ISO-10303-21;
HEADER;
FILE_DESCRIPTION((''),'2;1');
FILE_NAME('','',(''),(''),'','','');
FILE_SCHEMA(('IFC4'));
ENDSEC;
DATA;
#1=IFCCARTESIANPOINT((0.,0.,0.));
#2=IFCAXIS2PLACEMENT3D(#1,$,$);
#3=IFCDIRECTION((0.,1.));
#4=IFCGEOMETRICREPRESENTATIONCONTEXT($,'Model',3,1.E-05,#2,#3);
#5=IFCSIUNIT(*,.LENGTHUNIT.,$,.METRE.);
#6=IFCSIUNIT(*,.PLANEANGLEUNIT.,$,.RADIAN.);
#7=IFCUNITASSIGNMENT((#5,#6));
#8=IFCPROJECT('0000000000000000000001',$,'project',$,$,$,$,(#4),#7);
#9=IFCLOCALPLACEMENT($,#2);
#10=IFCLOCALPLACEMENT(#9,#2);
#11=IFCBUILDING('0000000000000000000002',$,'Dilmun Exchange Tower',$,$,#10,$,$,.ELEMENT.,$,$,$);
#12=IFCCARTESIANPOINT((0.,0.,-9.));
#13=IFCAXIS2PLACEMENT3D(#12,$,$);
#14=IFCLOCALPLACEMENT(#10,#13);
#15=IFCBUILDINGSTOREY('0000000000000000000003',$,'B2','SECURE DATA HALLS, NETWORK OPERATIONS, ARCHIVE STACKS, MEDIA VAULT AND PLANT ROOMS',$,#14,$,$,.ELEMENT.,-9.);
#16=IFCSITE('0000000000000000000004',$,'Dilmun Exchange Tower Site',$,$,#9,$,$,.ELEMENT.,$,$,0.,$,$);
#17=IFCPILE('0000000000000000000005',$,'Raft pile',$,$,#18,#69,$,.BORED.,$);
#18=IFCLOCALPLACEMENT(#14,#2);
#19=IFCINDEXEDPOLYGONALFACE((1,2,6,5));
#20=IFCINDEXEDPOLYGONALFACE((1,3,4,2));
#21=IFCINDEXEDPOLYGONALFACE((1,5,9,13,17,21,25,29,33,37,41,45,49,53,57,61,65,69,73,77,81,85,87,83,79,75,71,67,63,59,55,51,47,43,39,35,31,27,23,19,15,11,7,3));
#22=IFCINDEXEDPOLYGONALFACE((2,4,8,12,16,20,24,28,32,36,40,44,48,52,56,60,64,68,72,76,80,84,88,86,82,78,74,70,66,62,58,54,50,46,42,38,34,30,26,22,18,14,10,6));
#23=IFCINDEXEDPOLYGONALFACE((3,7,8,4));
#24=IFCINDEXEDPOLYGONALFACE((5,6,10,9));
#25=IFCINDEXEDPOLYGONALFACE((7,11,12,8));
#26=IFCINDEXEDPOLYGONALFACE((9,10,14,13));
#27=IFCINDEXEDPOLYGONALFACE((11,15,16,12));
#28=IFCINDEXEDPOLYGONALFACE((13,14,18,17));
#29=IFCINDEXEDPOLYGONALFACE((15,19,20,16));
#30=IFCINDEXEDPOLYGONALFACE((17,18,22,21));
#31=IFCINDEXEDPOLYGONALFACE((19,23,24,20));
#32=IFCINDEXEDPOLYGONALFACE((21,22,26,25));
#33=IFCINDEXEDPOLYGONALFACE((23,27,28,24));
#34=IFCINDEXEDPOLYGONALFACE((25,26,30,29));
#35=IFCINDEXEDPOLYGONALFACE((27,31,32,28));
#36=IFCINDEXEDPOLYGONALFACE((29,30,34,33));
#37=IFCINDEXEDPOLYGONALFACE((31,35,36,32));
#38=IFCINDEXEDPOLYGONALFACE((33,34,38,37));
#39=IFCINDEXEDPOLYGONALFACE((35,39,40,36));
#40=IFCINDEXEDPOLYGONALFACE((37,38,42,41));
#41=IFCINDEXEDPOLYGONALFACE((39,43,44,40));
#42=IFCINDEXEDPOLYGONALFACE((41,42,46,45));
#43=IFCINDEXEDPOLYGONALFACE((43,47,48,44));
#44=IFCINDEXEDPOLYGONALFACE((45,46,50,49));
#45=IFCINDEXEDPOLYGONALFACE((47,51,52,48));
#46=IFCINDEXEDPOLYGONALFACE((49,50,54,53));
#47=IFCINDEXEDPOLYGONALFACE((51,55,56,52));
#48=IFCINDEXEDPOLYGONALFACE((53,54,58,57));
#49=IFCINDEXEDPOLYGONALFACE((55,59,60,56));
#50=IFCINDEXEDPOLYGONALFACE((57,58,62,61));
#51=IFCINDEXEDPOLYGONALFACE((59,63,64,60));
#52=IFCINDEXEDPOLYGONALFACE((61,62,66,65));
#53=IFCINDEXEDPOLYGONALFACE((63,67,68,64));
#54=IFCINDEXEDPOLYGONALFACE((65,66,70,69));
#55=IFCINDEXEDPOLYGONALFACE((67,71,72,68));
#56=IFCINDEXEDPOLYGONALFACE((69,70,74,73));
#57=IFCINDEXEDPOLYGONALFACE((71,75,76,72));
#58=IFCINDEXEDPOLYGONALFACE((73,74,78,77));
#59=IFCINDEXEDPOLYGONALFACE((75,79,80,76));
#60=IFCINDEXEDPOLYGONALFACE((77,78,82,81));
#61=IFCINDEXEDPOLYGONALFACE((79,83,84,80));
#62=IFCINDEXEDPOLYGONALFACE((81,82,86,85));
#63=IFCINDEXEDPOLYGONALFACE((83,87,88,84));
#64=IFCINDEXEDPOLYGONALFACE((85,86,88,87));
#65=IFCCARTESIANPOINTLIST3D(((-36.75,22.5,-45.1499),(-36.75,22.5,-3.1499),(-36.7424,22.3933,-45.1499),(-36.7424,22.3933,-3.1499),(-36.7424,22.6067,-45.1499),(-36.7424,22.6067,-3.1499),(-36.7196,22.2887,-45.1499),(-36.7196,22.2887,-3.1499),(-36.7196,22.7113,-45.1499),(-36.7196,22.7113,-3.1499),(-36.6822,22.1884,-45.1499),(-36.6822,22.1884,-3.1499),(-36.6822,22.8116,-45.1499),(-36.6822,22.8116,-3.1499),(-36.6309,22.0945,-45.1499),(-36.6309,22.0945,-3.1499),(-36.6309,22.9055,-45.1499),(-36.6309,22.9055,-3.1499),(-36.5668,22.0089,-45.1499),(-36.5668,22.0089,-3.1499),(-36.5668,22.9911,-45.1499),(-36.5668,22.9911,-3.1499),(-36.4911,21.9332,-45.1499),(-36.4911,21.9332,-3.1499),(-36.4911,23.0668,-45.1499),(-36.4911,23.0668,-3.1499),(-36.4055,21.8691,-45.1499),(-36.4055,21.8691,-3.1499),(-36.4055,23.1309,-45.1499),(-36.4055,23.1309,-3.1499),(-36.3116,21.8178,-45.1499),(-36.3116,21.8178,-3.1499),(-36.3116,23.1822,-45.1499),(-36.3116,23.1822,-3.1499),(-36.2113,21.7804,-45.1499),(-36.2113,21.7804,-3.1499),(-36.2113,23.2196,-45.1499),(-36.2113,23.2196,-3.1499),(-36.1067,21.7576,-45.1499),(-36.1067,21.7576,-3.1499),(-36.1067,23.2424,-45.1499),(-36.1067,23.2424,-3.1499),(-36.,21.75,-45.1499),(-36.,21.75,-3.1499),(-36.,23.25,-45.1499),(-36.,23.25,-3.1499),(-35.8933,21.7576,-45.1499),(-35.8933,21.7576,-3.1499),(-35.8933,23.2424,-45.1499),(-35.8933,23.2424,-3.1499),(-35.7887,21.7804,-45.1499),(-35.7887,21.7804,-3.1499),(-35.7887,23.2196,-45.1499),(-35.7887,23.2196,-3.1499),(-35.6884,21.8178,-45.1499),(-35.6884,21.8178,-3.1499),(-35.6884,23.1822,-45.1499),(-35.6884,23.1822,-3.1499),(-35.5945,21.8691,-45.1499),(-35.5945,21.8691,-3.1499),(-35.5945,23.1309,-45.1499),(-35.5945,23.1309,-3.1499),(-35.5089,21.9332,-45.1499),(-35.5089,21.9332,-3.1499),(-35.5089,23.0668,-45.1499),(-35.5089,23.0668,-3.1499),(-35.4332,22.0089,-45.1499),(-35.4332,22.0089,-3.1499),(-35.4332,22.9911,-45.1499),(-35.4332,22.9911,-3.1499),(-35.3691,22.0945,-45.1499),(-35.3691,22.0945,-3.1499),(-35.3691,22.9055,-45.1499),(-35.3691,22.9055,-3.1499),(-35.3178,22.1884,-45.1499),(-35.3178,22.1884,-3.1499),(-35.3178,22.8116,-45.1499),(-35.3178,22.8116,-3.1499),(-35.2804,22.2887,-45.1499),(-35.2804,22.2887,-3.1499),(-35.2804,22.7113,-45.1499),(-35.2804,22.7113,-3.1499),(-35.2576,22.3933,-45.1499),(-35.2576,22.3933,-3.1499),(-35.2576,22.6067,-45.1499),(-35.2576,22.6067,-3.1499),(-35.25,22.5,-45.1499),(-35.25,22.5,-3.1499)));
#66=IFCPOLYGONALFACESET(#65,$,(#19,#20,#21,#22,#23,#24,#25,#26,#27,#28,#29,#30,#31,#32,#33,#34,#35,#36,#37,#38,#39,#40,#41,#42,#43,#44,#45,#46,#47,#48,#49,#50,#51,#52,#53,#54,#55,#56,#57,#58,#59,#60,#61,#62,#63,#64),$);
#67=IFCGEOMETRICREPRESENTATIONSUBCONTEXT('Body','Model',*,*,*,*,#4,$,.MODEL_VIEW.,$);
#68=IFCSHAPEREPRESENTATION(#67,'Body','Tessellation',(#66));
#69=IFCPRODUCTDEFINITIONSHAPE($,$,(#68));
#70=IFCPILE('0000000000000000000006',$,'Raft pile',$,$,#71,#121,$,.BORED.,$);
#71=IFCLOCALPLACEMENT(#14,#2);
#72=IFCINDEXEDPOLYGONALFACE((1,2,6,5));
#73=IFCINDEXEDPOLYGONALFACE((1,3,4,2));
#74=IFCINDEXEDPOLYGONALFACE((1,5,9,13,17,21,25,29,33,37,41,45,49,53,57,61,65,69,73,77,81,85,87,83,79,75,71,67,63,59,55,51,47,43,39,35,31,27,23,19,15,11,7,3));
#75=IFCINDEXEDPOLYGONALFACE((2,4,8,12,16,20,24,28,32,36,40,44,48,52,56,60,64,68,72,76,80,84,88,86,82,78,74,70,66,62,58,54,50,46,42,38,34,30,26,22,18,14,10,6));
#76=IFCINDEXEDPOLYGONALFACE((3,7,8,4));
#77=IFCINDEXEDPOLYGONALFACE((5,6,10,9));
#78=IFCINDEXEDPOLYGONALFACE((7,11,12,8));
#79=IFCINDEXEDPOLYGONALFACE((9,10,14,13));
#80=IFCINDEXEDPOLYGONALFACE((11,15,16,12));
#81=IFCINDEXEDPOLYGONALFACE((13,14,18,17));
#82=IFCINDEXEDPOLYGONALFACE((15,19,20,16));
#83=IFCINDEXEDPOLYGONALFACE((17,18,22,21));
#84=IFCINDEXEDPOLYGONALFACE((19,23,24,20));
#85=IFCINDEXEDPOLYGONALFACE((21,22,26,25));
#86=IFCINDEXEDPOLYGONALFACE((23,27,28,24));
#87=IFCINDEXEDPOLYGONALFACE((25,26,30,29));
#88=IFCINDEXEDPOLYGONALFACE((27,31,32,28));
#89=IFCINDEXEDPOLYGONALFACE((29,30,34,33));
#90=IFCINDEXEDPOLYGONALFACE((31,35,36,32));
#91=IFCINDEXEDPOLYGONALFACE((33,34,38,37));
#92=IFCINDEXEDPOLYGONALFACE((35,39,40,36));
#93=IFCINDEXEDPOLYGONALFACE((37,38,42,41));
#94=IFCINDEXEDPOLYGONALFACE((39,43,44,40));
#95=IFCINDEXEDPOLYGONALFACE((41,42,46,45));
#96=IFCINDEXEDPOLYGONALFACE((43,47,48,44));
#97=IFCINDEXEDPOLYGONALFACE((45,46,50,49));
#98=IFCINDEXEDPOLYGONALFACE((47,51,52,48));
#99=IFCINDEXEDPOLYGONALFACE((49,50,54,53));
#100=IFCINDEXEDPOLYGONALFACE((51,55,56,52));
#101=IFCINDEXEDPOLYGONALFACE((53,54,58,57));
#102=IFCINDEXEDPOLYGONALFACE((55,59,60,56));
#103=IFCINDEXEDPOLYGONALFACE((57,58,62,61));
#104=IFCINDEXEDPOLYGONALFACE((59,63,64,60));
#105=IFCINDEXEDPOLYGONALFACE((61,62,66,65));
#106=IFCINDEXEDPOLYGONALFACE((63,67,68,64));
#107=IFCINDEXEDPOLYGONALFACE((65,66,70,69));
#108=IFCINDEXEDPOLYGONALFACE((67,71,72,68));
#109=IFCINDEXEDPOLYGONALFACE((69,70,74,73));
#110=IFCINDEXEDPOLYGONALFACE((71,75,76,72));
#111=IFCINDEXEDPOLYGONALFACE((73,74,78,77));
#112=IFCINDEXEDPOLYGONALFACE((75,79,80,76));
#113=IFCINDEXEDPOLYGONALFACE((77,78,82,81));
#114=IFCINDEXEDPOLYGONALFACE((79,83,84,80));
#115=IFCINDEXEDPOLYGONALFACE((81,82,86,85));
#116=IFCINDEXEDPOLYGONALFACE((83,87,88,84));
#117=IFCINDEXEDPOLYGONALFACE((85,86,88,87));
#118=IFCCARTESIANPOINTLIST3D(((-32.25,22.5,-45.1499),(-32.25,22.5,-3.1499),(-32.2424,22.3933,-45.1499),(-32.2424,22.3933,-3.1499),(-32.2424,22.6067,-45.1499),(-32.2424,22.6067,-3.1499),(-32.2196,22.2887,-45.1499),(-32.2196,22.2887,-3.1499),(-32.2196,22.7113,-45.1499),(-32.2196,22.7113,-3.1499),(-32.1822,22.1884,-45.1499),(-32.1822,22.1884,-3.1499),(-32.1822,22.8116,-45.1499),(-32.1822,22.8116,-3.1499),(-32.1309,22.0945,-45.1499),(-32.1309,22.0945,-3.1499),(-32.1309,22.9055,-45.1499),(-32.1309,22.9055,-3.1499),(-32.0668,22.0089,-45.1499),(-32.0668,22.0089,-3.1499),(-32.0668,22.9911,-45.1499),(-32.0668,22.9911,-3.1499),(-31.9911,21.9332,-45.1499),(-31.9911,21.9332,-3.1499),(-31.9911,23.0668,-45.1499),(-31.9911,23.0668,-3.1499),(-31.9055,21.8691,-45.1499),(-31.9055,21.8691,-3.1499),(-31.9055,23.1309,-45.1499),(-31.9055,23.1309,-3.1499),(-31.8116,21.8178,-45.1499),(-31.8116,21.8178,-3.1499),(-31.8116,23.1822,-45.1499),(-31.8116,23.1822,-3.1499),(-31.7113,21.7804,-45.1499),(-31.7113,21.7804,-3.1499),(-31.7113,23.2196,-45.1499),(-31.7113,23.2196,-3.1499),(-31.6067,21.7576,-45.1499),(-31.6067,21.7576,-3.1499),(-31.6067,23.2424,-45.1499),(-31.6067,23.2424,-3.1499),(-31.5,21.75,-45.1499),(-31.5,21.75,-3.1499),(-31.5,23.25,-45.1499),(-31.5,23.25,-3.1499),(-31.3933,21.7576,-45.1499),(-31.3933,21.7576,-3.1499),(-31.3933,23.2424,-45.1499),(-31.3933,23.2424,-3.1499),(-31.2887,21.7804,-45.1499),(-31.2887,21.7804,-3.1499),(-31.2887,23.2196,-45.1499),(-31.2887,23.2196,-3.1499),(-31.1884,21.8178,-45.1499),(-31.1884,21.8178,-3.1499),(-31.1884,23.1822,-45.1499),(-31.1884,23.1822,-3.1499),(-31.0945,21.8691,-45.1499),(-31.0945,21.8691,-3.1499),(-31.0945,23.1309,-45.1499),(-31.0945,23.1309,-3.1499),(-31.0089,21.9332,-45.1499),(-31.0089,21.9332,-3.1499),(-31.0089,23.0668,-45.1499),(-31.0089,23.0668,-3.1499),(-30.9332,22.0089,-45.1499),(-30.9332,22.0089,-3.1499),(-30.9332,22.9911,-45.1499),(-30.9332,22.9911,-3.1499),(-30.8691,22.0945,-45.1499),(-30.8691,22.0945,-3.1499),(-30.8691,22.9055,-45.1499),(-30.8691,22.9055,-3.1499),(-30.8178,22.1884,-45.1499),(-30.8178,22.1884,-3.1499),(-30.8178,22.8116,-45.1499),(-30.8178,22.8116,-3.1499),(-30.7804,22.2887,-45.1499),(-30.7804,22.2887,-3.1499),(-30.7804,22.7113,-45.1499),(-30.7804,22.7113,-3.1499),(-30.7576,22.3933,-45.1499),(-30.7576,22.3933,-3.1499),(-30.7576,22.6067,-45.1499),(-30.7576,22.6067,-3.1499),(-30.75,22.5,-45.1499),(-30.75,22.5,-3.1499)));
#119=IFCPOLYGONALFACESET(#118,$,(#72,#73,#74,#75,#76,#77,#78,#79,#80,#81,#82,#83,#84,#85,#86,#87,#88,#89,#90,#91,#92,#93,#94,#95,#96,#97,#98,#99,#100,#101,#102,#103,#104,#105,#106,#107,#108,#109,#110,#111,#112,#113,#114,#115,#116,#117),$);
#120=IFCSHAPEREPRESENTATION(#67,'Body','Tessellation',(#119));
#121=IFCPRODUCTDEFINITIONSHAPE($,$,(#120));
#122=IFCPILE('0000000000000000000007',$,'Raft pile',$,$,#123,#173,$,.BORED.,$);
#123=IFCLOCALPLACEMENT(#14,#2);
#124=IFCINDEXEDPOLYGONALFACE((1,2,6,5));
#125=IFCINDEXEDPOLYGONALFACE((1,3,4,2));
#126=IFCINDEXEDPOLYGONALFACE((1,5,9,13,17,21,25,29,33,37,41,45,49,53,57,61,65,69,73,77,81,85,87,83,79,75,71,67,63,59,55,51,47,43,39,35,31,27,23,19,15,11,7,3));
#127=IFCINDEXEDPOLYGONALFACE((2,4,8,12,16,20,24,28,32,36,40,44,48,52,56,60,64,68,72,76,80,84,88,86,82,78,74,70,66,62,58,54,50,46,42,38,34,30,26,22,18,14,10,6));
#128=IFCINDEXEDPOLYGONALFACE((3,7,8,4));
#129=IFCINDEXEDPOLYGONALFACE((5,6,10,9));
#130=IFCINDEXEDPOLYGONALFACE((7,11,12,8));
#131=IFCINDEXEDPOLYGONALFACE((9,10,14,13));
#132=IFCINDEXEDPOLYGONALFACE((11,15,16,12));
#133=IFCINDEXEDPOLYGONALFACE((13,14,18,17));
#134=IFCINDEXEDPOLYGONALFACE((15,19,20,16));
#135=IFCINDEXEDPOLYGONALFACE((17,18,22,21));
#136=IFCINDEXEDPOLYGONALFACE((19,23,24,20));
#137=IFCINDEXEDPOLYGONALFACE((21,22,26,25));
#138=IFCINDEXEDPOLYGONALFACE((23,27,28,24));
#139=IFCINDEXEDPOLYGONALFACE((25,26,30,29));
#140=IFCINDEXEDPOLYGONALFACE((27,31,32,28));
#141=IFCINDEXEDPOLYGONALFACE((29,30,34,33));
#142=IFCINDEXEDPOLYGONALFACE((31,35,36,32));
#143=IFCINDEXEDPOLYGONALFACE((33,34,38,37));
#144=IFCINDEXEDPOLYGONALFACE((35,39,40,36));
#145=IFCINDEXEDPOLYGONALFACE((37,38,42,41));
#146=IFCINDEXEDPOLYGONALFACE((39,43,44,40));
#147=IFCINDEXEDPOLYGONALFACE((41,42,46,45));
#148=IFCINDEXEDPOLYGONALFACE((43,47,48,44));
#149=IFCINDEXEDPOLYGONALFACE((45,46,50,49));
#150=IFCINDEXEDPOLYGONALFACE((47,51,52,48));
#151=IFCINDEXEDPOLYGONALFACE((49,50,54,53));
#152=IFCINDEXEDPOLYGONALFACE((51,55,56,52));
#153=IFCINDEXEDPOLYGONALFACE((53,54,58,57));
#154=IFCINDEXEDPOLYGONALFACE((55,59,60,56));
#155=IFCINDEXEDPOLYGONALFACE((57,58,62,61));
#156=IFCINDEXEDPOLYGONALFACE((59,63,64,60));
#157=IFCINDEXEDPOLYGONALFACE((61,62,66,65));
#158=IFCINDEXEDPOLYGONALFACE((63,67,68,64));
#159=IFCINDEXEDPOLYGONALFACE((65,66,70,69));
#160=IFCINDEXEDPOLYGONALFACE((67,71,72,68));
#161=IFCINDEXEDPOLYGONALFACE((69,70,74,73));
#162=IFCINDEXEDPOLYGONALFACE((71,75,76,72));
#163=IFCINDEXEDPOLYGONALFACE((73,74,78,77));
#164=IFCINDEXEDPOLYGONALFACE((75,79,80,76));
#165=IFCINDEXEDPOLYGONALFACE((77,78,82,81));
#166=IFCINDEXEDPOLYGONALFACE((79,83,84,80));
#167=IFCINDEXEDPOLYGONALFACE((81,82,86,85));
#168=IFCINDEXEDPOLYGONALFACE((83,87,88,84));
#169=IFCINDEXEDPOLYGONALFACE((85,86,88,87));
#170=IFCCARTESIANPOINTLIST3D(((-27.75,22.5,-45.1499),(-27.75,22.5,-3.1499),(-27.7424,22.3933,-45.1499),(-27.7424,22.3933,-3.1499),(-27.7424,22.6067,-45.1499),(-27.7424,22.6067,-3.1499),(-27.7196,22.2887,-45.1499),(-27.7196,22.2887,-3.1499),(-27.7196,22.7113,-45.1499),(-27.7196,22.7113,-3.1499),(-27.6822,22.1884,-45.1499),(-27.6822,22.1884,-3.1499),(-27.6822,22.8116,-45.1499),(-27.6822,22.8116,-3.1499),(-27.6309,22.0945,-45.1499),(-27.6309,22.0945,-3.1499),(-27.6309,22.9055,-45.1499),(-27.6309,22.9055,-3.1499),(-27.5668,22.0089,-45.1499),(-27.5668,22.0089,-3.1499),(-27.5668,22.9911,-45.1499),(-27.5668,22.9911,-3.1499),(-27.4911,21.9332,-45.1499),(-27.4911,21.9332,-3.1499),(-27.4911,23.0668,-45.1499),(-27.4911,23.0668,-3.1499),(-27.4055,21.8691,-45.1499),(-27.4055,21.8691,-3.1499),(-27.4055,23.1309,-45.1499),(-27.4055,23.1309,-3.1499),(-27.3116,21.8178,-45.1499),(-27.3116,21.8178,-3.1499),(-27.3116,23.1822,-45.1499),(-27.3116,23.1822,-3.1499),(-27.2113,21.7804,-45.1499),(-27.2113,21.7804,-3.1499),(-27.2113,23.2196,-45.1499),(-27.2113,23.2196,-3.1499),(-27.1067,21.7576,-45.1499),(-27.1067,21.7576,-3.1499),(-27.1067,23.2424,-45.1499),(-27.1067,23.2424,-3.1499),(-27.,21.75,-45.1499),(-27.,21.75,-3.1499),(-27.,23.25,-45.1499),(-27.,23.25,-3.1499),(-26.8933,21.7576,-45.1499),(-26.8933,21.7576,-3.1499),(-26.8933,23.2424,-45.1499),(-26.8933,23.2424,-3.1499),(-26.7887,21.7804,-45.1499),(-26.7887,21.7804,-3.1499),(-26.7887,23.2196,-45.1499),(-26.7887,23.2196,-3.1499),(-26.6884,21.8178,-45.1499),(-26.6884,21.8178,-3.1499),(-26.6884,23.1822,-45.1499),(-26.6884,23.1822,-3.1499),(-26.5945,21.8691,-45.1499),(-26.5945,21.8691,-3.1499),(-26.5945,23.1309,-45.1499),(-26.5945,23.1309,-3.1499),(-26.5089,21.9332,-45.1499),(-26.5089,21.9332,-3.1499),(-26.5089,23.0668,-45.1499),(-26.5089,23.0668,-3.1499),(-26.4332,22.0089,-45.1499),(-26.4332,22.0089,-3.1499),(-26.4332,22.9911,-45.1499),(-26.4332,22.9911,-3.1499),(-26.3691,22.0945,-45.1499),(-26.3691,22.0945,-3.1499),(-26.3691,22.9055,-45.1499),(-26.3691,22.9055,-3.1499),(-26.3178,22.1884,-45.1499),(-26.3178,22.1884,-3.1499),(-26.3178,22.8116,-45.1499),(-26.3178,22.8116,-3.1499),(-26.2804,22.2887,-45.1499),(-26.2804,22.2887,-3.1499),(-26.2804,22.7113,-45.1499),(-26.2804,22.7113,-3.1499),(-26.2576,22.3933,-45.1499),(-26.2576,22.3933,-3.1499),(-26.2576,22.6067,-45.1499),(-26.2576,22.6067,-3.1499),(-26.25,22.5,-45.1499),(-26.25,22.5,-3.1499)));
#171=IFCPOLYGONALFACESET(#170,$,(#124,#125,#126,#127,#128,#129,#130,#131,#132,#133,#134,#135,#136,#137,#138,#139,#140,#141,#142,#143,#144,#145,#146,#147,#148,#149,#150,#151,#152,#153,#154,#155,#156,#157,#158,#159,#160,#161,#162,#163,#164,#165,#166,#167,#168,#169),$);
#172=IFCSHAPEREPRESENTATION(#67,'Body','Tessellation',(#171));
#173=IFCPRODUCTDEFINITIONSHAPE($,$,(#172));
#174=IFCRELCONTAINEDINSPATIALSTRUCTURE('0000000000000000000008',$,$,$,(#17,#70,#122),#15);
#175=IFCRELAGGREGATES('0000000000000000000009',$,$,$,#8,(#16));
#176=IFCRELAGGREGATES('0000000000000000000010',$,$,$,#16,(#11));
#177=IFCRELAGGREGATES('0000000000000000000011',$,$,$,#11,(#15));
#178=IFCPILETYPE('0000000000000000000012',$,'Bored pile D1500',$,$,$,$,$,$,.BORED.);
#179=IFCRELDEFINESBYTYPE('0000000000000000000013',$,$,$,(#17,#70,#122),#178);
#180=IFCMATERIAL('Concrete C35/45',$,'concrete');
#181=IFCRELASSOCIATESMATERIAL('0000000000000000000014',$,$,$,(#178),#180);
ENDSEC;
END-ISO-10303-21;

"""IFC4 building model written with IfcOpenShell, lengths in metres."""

from ifc_helpers import new_model, si_unit, direction, frame, origin, origin_2d, place, context, subcontext, project, spatial, circle, extrude, material, material_profile, profile_set, type_object, element, save


model = new_model("IFC4")

# Units and contexts
model_context = context("Model", 3, precision=1e-05, world=origin(), true_north=direction((0.0, 1.0)))
body_context = subcontext(model_context, "Body", "Model", "MODEL_VIEW")
ifc_project = project(units=[si_unit("LENGTHUNIT", "METRE"), si_unit("PLANEANGLEUNIT", "RADIAN")], contexts=[model_context])

# Site, building, storey
site_placement = place(None, origin())
site = spatial("IfcSite", under=ifc_project, at=site_placement, Name="Dilmun Exchange Tower Site", CompositionType="ELEMENT", RefElevation=0.0)
building_placement = place(site_placement, origin())
building = spatial("IfcBuilding", under=site, at=building_placement, Name="Dilmun Exchange Tower", CompositionType="ELEMENT")
storey_placement = place(building_placement, frame((0.0, 0.0, -9.0)))
storey = spatial("IfcBuildingStorey", under=building, at=storey_placement, Name="B2", Description="SECURE DATA HALLS, NETWORK OPERATIONS, ARCHIVE STACKS, MEDIA VAULT AND PLANT ROOMS", CompositionType="ELEMENT", Elevation=-9.0)

# Piles
ifc_material_1 = material(Name="Concrete C35/45", Category="concrete")
ifc_material_profile_1 = material_profile(ifc_material_1, circle(Radius=0.75, at=origin_2d()), Name="D1500")
ifc_profile_set_1 = profile_set([ifc_material_profile_1], Name="Concrete C35/45")
pile_type = type_object("IfcPileType", Name="Bored pile D1500", PredefinedType="BORED", material=ifc_profile_set_1)
for number, where, z_axis, x_axis, name in (
    (1, (-36.0, 22.5, -3.1499), (0.0, 0.0, -1.0), (1.0, 0.0, 0.0), "Raft pile"),
    (2, (-31.5, 22.5, -3.1499), (0.0, 0.0, -1.0), (1.0, 0.0, 0.0), "Raft pile"),
    (3, (-27.0, 22.5, -3.1499), (0.0, 0.0, -1.0), (1.0, 0.0, 0.0), "Raft pile"),
):
    element("IfcPile", number, at=place(storey_placement, frame(where, z_axis=z_axis, x_axis=x_axis)), inside=storey, type_object=pile_type, Name=name, PredefinedType="BORED", context=body_context, shape_type="SweptSolid", body=[
        extrude(circle(Radius=0.75, at=origin_2d()), origin(), (0.0, 0.0, 1.0), 42.0),
    ])

save(model, "model.ifc")
